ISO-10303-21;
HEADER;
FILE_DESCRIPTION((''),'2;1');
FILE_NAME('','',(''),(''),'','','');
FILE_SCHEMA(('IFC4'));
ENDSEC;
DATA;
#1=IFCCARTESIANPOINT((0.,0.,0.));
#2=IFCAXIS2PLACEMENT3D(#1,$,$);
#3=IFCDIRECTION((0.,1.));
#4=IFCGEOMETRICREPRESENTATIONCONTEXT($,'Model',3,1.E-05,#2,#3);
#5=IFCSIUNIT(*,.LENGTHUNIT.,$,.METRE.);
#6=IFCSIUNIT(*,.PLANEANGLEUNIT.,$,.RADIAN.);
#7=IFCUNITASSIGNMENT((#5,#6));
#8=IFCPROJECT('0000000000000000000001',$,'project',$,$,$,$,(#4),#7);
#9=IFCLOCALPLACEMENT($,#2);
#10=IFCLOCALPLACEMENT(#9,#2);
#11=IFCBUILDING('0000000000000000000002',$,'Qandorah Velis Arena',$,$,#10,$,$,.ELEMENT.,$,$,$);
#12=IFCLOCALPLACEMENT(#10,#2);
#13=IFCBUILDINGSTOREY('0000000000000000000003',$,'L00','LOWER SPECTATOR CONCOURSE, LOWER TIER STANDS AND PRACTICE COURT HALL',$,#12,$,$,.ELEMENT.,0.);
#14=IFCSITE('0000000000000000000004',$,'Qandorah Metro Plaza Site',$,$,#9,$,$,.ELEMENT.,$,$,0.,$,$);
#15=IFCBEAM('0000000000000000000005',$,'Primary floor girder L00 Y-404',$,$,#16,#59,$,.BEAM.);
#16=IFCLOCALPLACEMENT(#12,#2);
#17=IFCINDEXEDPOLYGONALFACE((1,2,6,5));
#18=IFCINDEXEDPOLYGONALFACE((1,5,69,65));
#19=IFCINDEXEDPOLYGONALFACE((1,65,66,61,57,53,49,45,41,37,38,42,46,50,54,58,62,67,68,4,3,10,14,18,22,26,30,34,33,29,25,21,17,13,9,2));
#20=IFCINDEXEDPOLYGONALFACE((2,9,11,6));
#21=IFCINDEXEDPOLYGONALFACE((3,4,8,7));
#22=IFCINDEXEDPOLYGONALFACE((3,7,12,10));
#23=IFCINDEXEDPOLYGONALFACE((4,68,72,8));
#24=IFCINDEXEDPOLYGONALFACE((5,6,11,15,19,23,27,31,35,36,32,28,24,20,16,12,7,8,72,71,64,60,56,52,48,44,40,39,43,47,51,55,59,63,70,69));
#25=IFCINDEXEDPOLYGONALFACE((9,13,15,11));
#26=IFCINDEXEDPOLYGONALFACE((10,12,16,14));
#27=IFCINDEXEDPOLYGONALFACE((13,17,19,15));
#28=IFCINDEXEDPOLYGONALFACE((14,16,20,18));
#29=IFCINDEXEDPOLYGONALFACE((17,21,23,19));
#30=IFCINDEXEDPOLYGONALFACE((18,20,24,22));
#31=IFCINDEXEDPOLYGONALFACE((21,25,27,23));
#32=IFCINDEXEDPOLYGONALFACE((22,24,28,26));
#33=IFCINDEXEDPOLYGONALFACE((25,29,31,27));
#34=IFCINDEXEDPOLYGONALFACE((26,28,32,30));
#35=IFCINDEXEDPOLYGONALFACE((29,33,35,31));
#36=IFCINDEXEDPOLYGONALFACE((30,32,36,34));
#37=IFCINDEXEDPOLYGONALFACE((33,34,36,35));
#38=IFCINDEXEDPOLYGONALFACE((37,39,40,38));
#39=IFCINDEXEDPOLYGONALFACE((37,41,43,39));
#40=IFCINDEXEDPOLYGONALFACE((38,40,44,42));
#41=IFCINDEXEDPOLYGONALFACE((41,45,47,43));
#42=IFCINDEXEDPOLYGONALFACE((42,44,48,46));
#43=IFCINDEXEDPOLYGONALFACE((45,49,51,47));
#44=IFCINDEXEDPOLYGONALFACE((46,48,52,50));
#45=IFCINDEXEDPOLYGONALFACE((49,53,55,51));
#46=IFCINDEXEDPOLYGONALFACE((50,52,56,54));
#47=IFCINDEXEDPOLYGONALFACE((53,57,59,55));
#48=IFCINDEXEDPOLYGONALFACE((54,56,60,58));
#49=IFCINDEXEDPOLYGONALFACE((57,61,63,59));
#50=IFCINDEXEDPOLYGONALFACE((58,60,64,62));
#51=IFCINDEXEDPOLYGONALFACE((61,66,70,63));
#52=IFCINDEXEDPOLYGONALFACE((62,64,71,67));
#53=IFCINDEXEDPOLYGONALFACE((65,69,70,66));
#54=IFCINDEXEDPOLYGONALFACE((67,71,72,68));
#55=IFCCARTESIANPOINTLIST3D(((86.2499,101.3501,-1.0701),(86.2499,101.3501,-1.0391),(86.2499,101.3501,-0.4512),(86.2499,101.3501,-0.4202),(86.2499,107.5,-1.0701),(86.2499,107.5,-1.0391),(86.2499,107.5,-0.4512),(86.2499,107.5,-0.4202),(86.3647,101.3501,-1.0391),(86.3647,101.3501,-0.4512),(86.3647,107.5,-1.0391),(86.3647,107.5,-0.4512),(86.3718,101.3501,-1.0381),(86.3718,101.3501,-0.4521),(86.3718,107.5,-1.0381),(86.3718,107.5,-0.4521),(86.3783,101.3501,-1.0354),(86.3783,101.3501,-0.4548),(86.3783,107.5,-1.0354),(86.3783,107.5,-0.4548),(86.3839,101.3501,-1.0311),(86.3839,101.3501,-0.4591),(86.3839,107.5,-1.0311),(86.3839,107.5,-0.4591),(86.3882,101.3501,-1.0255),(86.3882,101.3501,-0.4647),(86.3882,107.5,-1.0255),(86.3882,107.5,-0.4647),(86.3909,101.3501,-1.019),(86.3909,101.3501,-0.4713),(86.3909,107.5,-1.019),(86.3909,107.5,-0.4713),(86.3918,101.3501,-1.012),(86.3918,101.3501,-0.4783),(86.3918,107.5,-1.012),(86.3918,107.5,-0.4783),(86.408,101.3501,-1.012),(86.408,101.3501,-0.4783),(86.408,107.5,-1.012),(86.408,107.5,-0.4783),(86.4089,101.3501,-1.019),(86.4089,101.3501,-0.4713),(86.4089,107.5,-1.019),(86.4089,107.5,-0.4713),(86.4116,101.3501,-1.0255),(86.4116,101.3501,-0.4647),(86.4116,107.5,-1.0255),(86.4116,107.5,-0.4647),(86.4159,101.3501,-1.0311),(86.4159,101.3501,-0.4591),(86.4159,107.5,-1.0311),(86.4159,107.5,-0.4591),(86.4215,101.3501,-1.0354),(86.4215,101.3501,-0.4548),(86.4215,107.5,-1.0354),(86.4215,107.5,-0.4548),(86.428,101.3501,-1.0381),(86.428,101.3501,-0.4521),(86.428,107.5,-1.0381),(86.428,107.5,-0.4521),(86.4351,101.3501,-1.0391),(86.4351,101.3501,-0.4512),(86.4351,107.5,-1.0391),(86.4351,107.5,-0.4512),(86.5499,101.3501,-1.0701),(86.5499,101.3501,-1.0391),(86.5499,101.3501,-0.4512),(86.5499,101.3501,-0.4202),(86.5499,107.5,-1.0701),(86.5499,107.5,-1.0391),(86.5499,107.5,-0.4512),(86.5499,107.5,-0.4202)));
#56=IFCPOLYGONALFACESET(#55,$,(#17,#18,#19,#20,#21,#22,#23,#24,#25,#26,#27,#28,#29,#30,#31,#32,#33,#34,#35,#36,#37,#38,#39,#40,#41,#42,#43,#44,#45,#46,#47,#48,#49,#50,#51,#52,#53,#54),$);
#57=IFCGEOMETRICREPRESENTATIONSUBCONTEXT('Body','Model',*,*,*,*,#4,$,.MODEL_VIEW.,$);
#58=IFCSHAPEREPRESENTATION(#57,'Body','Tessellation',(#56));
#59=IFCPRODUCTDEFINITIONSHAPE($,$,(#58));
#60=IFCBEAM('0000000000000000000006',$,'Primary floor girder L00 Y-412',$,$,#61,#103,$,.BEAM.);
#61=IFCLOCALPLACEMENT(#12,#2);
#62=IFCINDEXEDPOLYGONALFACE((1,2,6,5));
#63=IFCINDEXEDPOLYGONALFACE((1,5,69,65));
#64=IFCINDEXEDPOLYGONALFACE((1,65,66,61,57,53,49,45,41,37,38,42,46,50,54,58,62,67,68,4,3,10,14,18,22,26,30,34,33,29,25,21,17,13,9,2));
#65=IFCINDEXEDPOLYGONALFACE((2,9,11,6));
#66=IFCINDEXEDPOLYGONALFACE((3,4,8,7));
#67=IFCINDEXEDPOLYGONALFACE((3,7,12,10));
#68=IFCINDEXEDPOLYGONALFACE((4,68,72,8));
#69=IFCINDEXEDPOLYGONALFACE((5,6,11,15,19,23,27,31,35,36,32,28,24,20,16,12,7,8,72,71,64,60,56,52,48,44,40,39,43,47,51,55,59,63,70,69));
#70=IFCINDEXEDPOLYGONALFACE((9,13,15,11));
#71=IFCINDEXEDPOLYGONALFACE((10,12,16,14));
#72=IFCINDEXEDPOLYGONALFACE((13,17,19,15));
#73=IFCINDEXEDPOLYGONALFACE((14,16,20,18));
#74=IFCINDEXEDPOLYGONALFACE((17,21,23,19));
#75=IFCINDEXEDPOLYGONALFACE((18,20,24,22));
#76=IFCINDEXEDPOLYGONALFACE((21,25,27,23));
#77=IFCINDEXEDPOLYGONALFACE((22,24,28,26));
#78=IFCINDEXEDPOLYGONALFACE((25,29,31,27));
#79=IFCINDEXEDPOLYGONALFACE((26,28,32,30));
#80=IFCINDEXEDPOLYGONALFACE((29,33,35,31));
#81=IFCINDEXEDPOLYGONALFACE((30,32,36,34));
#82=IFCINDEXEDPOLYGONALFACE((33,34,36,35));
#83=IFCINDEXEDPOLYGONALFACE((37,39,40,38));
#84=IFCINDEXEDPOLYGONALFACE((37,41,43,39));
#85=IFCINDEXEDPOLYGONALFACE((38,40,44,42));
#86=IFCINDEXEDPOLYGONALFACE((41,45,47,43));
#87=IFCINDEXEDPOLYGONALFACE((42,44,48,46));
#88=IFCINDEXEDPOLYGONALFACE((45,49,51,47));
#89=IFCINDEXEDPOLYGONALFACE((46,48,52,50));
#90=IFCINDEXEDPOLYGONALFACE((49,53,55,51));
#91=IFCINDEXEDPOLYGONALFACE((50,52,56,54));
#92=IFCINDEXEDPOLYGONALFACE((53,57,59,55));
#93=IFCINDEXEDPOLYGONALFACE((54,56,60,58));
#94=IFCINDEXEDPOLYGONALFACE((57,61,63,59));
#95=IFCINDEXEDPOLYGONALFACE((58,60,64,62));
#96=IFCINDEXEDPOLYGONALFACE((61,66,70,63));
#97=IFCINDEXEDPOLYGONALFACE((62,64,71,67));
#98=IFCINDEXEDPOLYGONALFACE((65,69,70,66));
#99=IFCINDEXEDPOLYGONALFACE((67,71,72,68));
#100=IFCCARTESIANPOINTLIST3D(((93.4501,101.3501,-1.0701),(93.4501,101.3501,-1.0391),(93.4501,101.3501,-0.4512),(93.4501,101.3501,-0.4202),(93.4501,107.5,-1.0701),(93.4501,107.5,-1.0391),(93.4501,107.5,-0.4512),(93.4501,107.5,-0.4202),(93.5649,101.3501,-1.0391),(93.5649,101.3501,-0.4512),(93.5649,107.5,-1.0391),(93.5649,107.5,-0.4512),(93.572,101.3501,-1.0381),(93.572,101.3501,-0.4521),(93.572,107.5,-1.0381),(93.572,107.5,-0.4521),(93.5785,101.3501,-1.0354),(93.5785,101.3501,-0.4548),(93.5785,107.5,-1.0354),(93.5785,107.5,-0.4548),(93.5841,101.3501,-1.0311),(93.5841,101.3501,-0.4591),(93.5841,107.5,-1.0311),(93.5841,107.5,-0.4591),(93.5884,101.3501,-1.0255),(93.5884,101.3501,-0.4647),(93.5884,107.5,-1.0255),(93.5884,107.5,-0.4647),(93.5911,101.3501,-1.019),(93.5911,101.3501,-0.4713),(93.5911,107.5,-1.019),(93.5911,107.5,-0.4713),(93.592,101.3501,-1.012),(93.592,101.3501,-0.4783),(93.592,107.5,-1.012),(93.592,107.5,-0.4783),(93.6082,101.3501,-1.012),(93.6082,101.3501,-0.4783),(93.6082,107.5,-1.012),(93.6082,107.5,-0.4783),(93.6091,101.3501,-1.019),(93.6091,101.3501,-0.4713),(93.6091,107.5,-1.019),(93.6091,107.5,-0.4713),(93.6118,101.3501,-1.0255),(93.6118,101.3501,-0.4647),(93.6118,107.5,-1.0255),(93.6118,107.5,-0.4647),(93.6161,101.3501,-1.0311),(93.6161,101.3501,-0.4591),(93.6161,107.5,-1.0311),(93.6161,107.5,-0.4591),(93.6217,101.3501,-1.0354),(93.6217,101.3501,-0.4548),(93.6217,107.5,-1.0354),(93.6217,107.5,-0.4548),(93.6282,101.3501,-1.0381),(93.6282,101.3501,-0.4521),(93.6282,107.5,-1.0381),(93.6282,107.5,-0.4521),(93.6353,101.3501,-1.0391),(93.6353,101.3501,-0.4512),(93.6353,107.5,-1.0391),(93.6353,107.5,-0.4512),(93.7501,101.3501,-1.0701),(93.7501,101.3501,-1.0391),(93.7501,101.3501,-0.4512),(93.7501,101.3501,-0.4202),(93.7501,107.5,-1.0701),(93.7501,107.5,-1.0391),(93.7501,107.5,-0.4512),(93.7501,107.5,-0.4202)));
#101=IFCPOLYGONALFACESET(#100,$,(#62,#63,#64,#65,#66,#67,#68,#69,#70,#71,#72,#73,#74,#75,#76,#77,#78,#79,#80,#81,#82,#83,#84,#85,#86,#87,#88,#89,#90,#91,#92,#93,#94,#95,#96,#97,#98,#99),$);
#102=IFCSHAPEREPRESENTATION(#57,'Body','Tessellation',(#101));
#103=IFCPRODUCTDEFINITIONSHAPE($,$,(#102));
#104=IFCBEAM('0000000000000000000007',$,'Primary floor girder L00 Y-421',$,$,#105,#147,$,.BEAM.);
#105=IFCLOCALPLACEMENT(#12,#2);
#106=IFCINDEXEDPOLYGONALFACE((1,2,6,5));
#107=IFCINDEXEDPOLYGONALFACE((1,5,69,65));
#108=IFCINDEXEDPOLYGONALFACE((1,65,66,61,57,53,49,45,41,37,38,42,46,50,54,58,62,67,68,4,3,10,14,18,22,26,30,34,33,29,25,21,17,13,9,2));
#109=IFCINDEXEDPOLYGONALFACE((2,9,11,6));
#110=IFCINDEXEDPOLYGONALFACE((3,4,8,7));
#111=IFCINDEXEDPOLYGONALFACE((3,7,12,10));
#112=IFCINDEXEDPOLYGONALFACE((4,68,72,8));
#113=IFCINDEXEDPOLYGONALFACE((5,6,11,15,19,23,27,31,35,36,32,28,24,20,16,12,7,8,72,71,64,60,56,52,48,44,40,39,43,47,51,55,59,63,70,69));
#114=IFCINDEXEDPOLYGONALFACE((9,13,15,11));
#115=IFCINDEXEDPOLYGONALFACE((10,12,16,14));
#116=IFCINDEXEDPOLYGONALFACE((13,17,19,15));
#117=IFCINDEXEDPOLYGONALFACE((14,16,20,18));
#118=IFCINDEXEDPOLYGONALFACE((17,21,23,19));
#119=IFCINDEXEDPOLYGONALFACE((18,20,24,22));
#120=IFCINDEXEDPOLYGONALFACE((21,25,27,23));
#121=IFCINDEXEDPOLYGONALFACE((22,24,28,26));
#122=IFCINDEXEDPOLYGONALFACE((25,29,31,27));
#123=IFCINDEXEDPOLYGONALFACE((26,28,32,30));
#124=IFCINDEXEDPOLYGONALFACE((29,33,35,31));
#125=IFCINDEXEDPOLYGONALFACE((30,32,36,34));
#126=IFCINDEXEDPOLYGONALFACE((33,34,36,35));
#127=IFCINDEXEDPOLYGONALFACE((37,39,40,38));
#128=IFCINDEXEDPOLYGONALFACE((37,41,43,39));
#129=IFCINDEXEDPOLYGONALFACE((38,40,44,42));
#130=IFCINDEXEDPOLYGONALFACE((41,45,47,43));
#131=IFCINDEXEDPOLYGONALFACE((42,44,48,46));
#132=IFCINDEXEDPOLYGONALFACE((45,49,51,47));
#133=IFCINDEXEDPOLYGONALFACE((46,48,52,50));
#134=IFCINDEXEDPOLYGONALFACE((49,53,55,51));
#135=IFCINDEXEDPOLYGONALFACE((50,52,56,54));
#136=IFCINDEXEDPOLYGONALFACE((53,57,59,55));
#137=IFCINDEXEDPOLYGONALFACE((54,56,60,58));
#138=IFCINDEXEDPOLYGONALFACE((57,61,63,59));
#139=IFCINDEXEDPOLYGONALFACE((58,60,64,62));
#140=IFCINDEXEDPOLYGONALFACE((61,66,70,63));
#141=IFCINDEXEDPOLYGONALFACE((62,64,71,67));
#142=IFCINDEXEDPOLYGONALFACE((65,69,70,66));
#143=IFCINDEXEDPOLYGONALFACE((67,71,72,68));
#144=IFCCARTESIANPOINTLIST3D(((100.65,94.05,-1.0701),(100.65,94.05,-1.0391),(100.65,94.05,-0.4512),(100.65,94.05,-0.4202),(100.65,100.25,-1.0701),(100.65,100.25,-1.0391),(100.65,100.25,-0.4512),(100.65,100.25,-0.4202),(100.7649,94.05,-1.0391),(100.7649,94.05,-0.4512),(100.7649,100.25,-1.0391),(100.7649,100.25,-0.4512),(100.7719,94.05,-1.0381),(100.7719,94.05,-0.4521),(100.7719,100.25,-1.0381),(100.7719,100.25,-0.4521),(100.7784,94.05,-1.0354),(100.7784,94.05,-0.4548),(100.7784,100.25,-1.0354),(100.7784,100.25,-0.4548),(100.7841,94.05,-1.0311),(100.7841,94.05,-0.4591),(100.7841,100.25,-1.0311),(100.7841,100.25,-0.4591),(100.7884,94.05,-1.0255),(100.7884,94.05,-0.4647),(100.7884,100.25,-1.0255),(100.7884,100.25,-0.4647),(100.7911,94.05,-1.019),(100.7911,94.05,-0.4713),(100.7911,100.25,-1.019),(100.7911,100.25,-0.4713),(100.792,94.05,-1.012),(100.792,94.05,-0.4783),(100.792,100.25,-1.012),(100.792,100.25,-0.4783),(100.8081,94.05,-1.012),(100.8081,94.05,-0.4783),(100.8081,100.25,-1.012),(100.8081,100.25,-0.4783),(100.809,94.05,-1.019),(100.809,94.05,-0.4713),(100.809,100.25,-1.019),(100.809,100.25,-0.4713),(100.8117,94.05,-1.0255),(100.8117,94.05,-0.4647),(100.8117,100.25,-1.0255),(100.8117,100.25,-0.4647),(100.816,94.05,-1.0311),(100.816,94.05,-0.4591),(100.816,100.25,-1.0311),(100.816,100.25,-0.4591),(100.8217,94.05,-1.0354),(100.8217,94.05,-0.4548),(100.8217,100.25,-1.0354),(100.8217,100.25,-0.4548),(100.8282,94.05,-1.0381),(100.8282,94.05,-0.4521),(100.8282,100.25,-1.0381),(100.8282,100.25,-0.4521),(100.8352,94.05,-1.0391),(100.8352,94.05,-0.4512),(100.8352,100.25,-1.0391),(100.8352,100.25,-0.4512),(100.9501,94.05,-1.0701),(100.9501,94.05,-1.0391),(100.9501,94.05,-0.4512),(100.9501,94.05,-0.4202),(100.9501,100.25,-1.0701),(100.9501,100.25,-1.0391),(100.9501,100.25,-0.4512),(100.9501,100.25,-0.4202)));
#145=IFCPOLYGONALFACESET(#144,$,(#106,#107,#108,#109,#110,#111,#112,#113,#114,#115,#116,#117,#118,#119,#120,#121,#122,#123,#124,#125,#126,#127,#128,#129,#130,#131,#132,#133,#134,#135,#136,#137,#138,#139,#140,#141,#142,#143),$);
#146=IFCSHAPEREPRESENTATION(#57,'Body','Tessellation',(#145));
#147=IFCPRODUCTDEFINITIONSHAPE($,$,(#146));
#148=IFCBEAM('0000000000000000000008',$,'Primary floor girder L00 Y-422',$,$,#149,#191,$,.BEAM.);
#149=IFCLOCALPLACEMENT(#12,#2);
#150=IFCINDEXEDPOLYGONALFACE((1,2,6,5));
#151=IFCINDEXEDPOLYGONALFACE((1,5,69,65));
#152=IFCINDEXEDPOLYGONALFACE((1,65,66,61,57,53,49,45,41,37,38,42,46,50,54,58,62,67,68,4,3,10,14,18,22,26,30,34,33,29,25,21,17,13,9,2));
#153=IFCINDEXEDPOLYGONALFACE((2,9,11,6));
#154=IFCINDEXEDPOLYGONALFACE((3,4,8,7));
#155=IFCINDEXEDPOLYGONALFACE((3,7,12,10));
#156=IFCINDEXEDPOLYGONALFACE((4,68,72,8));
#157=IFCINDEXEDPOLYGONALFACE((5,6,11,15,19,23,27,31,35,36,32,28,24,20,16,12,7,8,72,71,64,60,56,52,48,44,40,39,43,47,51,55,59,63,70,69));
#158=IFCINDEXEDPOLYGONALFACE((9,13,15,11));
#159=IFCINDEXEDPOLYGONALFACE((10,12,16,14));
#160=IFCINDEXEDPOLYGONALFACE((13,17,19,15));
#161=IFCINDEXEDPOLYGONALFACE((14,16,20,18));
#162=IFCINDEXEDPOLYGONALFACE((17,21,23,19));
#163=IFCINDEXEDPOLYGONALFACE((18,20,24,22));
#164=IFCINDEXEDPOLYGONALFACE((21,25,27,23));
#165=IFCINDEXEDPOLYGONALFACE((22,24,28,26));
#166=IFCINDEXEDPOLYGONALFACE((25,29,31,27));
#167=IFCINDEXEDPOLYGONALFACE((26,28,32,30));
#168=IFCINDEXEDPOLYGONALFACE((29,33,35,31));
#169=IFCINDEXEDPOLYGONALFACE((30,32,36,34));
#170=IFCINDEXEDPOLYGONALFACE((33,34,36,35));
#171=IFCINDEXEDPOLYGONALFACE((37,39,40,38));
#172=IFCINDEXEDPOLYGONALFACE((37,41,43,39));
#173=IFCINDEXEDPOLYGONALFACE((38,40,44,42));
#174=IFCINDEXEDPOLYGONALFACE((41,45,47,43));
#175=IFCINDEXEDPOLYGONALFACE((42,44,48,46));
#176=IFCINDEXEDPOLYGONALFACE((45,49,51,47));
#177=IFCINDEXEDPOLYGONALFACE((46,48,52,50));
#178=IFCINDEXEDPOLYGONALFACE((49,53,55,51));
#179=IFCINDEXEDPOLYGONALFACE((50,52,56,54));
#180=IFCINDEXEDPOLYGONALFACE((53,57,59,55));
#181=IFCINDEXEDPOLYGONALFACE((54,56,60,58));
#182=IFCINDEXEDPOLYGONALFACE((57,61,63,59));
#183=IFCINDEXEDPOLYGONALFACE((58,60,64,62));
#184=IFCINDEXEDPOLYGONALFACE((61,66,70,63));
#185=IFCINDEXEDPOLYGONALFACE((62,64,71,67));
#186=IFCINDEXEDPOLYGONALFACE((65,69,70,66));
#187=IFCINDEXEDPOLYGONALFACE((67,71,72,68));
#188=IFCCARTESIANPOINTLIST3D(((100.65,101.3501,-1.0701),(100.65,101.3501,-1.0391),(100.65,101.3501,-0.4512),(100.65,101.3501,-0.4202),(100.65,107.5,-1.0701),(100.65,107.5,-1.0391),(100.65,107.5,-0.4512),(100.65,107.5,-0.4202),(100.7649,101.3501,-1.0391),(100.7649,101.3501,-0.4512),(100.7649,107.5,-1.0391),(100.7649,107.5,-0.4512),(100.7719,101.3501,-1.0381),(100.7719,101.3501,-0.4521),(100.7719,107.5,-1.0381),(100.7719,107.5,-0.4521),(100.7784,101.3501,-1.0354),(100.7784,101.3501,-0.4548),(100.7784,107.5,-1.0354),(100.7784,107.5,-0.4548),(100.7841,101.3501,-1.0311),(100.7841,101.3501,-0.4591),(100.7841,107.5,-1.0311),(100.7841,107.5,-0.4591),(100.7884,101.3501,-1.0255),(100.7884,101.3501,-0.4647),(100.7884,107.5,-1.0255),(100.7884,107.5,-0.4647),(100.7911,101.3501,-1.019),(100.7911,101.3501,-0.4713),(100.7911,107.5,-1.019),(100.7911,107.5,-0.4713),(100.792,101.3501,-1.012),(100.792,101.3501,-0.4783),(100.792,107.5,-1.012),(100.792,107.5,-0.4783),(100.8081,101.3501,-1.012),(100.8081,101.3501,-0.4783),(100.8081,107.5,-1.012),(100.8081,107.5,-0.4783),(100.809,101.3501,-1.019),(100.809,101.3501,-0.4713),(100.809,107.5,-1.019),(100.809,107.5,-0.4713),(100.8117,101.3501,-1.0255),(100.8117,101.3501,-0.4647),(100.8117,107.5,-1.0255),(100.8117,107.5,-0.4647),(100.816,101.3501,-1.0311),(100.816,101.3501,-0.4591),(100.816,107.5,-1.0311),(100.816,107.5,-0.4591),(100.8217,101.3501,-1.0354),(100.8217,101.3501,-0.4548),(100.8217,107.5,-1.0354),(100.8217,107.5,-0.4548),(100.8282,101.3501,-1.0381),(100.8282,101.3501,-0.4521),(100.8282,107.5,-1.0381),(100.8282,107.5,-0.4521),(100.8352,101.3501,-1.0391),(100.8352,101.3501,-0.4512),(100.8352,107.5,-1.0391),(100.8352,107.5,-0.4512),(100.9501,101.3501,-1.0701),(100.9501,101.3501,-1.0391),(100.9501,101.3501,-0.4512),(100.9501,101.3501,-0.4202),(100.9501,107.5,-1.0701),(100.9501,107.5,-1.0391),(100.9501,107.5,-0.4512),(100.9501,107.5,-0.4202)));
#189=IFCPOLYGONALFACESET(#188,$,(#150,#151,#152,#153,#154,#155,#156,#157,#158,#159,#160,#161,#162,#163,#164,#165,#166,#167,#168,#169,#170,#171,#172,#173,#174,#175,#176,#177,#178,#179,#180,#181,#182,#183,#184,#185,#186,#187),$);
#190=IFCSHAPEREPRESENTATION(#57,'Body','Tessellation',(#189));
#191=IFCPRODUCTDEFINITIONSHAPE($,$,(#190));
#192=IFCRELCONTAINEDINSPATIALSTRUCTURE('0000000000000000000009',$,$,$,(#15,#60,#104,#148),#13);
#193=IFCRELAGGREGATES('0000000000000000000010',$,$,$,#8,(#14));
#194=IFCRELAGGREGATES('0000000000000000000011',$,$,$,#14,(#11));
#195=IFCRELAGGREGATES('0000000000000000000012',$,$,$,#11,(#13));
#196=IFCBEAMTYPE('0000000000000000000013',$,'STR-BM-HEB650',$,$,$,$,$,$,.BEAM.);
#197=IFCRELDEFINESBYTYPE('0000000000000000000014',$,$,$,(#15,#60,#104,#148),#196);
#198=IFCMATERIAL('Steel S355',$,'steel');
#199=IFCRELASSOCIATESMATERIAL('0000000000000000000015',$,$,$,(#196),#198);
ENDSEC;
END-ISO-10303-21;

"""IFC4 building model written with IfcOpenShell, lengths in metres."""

from ifc_helpers import new_model, si_unit, direction, frame, origin, origin_2d, place, context, subcontext, project, spatial, i_section, extrude, material, material_profile, profile_set, type_object, element, save


model = new_model("IFC4")

# Units and contexts
model_context = context("Model", 3, precision=1e-05, world=origin(), true_north=direction((0.0, 1.0)))
body_context = subcontext(model_context, "Body", "Model", "MODEL_VIEW")
ifc_project = project(units=[si_unit("LENGTHUNIT", "METRE"), si_unit("PLANEANGLEUNIT", "RADIAN")], contexts=[model_context])

# Site, building, storey
site_placement = place(None, origin())
site = spatial("IfcSite", under=ifc_project, at=site_placement, Name="Qandorah Metro Plaza Site", CompositionType="ELEMENT", RefElevation=0.0)
building_placement = place(site_placement, origin())
building = spatial("IfcBuilding", under=site, at=building_placement, Name="Qandorah Velis Arena", CompositionType="ELEMENT")
storey_placement = place(building_placement, origin())
storey = spatial("IfcBuildingStorey", under=building, at=storey_placement, Name="L00", Description="LOWER SPECTATOR CONCOURSE, LOWER TIER STANDS AND PRACTICE COURT HALL", CompositionType="ELEMENT", Elevation=0.0)

# Beams
ifc_material_1 = material(Name="Steel S355", Category="steel")
ifc_material_profile_1 = material_profile(ifc_material_1, i_section(OverallWidth=0.3, OverallDepth=0.6499, WebThickness=0.0161, FlangeThickness=0.031, FilletRadius=0.0271, at=origin_2d()), Name="HEB 650")
ifc_profile_set_1 = profile_set([ifc_material_profile_1], Name="Steel S355")
beam_type_1 = type_object("IfcBeamType", Name="STR-BM-HEB650", PredefinedType="BEAM", material=ifc_profile_set_1)
for number, where, z_axis, x_axis, name in (
    (1, (86.3999, 101.3501, -0.7451), (0.0, 1.0, 0.0), (-1.0, 0.0, 0.0), "Primary floor girder L00 Y-404"),
    (2, (93.6001, 101.3501, -0.7451), (0.0, 1.0, 0.0), (-1.0, 0.0, 0.0), "Primary floor girder L00 Y-412"),
):
    element("IfcBeam", number, at=place(storey_placement, frame(where, z_axis=z_axis, x_axis=x_axis)), inside=storey, type_object=beam_type_1, Name=name, PredefinedType="BEAM", context=body_context, shape_type="SweptSolid", body=[
        extrude(i_section(OverallWidth=0.3, OverallDepth=0.6499, WebThickness=0.0161, FlangeThickness=0.031, FilletRadius=0.0271, at=origin_2d()), origin(), (0.0, 0.0, 1.0), 6.1499),
    ])
beam_1_placement = place(storey_placement, frame((100.8, 94.05, -0.7451), z_axis=(0.0, 1.0, 0.0), x_axis=(-1.0, 0.0, 0.0)))
element("IfcBeam", 3, at=beam_1_placement, inside=storey, type_object=beam_type_1, Name="Primary floor girder L00 Y-421", PredefinedType="BEAM", context=body_context, shape_type="SweptSolid", body=[
    extrude(i_section(OverallWidth=0.3, OverallDepth=0.6499, WebThickness=0.0161, FlangeThickness=0.031, FilletRadius=0.0271, at=origin_2d()), origin(), (0.0, 0.0, 1.0), 6.2),
])
beam_2_placement = place(storey_placement, frame((100.8, 101.3501, -0.7451), z_axis=(0.0, 1.0, 0.0), x_axis=(-1.0, 0.0, 0.0)))
element("IfcBeam", 4, at=beam_2_placement, inside=storey, type_object=beam_type_1, Name="Primary floor girder L00 Y-422", PredefinedType="BEAM", context=body_context, shape_type="SweptSolid", body=[
    extrude(i_section(OverallWidth=0.3, OverallDepth=0.6499, WebThickness=0.0161, FlangeThickness=0.031, FilletRadius=0.0271, at=origin_2d()), origin(), (0.0, 0.0, 1.0), 6.1499),
])

save(model, "model.ifc")
